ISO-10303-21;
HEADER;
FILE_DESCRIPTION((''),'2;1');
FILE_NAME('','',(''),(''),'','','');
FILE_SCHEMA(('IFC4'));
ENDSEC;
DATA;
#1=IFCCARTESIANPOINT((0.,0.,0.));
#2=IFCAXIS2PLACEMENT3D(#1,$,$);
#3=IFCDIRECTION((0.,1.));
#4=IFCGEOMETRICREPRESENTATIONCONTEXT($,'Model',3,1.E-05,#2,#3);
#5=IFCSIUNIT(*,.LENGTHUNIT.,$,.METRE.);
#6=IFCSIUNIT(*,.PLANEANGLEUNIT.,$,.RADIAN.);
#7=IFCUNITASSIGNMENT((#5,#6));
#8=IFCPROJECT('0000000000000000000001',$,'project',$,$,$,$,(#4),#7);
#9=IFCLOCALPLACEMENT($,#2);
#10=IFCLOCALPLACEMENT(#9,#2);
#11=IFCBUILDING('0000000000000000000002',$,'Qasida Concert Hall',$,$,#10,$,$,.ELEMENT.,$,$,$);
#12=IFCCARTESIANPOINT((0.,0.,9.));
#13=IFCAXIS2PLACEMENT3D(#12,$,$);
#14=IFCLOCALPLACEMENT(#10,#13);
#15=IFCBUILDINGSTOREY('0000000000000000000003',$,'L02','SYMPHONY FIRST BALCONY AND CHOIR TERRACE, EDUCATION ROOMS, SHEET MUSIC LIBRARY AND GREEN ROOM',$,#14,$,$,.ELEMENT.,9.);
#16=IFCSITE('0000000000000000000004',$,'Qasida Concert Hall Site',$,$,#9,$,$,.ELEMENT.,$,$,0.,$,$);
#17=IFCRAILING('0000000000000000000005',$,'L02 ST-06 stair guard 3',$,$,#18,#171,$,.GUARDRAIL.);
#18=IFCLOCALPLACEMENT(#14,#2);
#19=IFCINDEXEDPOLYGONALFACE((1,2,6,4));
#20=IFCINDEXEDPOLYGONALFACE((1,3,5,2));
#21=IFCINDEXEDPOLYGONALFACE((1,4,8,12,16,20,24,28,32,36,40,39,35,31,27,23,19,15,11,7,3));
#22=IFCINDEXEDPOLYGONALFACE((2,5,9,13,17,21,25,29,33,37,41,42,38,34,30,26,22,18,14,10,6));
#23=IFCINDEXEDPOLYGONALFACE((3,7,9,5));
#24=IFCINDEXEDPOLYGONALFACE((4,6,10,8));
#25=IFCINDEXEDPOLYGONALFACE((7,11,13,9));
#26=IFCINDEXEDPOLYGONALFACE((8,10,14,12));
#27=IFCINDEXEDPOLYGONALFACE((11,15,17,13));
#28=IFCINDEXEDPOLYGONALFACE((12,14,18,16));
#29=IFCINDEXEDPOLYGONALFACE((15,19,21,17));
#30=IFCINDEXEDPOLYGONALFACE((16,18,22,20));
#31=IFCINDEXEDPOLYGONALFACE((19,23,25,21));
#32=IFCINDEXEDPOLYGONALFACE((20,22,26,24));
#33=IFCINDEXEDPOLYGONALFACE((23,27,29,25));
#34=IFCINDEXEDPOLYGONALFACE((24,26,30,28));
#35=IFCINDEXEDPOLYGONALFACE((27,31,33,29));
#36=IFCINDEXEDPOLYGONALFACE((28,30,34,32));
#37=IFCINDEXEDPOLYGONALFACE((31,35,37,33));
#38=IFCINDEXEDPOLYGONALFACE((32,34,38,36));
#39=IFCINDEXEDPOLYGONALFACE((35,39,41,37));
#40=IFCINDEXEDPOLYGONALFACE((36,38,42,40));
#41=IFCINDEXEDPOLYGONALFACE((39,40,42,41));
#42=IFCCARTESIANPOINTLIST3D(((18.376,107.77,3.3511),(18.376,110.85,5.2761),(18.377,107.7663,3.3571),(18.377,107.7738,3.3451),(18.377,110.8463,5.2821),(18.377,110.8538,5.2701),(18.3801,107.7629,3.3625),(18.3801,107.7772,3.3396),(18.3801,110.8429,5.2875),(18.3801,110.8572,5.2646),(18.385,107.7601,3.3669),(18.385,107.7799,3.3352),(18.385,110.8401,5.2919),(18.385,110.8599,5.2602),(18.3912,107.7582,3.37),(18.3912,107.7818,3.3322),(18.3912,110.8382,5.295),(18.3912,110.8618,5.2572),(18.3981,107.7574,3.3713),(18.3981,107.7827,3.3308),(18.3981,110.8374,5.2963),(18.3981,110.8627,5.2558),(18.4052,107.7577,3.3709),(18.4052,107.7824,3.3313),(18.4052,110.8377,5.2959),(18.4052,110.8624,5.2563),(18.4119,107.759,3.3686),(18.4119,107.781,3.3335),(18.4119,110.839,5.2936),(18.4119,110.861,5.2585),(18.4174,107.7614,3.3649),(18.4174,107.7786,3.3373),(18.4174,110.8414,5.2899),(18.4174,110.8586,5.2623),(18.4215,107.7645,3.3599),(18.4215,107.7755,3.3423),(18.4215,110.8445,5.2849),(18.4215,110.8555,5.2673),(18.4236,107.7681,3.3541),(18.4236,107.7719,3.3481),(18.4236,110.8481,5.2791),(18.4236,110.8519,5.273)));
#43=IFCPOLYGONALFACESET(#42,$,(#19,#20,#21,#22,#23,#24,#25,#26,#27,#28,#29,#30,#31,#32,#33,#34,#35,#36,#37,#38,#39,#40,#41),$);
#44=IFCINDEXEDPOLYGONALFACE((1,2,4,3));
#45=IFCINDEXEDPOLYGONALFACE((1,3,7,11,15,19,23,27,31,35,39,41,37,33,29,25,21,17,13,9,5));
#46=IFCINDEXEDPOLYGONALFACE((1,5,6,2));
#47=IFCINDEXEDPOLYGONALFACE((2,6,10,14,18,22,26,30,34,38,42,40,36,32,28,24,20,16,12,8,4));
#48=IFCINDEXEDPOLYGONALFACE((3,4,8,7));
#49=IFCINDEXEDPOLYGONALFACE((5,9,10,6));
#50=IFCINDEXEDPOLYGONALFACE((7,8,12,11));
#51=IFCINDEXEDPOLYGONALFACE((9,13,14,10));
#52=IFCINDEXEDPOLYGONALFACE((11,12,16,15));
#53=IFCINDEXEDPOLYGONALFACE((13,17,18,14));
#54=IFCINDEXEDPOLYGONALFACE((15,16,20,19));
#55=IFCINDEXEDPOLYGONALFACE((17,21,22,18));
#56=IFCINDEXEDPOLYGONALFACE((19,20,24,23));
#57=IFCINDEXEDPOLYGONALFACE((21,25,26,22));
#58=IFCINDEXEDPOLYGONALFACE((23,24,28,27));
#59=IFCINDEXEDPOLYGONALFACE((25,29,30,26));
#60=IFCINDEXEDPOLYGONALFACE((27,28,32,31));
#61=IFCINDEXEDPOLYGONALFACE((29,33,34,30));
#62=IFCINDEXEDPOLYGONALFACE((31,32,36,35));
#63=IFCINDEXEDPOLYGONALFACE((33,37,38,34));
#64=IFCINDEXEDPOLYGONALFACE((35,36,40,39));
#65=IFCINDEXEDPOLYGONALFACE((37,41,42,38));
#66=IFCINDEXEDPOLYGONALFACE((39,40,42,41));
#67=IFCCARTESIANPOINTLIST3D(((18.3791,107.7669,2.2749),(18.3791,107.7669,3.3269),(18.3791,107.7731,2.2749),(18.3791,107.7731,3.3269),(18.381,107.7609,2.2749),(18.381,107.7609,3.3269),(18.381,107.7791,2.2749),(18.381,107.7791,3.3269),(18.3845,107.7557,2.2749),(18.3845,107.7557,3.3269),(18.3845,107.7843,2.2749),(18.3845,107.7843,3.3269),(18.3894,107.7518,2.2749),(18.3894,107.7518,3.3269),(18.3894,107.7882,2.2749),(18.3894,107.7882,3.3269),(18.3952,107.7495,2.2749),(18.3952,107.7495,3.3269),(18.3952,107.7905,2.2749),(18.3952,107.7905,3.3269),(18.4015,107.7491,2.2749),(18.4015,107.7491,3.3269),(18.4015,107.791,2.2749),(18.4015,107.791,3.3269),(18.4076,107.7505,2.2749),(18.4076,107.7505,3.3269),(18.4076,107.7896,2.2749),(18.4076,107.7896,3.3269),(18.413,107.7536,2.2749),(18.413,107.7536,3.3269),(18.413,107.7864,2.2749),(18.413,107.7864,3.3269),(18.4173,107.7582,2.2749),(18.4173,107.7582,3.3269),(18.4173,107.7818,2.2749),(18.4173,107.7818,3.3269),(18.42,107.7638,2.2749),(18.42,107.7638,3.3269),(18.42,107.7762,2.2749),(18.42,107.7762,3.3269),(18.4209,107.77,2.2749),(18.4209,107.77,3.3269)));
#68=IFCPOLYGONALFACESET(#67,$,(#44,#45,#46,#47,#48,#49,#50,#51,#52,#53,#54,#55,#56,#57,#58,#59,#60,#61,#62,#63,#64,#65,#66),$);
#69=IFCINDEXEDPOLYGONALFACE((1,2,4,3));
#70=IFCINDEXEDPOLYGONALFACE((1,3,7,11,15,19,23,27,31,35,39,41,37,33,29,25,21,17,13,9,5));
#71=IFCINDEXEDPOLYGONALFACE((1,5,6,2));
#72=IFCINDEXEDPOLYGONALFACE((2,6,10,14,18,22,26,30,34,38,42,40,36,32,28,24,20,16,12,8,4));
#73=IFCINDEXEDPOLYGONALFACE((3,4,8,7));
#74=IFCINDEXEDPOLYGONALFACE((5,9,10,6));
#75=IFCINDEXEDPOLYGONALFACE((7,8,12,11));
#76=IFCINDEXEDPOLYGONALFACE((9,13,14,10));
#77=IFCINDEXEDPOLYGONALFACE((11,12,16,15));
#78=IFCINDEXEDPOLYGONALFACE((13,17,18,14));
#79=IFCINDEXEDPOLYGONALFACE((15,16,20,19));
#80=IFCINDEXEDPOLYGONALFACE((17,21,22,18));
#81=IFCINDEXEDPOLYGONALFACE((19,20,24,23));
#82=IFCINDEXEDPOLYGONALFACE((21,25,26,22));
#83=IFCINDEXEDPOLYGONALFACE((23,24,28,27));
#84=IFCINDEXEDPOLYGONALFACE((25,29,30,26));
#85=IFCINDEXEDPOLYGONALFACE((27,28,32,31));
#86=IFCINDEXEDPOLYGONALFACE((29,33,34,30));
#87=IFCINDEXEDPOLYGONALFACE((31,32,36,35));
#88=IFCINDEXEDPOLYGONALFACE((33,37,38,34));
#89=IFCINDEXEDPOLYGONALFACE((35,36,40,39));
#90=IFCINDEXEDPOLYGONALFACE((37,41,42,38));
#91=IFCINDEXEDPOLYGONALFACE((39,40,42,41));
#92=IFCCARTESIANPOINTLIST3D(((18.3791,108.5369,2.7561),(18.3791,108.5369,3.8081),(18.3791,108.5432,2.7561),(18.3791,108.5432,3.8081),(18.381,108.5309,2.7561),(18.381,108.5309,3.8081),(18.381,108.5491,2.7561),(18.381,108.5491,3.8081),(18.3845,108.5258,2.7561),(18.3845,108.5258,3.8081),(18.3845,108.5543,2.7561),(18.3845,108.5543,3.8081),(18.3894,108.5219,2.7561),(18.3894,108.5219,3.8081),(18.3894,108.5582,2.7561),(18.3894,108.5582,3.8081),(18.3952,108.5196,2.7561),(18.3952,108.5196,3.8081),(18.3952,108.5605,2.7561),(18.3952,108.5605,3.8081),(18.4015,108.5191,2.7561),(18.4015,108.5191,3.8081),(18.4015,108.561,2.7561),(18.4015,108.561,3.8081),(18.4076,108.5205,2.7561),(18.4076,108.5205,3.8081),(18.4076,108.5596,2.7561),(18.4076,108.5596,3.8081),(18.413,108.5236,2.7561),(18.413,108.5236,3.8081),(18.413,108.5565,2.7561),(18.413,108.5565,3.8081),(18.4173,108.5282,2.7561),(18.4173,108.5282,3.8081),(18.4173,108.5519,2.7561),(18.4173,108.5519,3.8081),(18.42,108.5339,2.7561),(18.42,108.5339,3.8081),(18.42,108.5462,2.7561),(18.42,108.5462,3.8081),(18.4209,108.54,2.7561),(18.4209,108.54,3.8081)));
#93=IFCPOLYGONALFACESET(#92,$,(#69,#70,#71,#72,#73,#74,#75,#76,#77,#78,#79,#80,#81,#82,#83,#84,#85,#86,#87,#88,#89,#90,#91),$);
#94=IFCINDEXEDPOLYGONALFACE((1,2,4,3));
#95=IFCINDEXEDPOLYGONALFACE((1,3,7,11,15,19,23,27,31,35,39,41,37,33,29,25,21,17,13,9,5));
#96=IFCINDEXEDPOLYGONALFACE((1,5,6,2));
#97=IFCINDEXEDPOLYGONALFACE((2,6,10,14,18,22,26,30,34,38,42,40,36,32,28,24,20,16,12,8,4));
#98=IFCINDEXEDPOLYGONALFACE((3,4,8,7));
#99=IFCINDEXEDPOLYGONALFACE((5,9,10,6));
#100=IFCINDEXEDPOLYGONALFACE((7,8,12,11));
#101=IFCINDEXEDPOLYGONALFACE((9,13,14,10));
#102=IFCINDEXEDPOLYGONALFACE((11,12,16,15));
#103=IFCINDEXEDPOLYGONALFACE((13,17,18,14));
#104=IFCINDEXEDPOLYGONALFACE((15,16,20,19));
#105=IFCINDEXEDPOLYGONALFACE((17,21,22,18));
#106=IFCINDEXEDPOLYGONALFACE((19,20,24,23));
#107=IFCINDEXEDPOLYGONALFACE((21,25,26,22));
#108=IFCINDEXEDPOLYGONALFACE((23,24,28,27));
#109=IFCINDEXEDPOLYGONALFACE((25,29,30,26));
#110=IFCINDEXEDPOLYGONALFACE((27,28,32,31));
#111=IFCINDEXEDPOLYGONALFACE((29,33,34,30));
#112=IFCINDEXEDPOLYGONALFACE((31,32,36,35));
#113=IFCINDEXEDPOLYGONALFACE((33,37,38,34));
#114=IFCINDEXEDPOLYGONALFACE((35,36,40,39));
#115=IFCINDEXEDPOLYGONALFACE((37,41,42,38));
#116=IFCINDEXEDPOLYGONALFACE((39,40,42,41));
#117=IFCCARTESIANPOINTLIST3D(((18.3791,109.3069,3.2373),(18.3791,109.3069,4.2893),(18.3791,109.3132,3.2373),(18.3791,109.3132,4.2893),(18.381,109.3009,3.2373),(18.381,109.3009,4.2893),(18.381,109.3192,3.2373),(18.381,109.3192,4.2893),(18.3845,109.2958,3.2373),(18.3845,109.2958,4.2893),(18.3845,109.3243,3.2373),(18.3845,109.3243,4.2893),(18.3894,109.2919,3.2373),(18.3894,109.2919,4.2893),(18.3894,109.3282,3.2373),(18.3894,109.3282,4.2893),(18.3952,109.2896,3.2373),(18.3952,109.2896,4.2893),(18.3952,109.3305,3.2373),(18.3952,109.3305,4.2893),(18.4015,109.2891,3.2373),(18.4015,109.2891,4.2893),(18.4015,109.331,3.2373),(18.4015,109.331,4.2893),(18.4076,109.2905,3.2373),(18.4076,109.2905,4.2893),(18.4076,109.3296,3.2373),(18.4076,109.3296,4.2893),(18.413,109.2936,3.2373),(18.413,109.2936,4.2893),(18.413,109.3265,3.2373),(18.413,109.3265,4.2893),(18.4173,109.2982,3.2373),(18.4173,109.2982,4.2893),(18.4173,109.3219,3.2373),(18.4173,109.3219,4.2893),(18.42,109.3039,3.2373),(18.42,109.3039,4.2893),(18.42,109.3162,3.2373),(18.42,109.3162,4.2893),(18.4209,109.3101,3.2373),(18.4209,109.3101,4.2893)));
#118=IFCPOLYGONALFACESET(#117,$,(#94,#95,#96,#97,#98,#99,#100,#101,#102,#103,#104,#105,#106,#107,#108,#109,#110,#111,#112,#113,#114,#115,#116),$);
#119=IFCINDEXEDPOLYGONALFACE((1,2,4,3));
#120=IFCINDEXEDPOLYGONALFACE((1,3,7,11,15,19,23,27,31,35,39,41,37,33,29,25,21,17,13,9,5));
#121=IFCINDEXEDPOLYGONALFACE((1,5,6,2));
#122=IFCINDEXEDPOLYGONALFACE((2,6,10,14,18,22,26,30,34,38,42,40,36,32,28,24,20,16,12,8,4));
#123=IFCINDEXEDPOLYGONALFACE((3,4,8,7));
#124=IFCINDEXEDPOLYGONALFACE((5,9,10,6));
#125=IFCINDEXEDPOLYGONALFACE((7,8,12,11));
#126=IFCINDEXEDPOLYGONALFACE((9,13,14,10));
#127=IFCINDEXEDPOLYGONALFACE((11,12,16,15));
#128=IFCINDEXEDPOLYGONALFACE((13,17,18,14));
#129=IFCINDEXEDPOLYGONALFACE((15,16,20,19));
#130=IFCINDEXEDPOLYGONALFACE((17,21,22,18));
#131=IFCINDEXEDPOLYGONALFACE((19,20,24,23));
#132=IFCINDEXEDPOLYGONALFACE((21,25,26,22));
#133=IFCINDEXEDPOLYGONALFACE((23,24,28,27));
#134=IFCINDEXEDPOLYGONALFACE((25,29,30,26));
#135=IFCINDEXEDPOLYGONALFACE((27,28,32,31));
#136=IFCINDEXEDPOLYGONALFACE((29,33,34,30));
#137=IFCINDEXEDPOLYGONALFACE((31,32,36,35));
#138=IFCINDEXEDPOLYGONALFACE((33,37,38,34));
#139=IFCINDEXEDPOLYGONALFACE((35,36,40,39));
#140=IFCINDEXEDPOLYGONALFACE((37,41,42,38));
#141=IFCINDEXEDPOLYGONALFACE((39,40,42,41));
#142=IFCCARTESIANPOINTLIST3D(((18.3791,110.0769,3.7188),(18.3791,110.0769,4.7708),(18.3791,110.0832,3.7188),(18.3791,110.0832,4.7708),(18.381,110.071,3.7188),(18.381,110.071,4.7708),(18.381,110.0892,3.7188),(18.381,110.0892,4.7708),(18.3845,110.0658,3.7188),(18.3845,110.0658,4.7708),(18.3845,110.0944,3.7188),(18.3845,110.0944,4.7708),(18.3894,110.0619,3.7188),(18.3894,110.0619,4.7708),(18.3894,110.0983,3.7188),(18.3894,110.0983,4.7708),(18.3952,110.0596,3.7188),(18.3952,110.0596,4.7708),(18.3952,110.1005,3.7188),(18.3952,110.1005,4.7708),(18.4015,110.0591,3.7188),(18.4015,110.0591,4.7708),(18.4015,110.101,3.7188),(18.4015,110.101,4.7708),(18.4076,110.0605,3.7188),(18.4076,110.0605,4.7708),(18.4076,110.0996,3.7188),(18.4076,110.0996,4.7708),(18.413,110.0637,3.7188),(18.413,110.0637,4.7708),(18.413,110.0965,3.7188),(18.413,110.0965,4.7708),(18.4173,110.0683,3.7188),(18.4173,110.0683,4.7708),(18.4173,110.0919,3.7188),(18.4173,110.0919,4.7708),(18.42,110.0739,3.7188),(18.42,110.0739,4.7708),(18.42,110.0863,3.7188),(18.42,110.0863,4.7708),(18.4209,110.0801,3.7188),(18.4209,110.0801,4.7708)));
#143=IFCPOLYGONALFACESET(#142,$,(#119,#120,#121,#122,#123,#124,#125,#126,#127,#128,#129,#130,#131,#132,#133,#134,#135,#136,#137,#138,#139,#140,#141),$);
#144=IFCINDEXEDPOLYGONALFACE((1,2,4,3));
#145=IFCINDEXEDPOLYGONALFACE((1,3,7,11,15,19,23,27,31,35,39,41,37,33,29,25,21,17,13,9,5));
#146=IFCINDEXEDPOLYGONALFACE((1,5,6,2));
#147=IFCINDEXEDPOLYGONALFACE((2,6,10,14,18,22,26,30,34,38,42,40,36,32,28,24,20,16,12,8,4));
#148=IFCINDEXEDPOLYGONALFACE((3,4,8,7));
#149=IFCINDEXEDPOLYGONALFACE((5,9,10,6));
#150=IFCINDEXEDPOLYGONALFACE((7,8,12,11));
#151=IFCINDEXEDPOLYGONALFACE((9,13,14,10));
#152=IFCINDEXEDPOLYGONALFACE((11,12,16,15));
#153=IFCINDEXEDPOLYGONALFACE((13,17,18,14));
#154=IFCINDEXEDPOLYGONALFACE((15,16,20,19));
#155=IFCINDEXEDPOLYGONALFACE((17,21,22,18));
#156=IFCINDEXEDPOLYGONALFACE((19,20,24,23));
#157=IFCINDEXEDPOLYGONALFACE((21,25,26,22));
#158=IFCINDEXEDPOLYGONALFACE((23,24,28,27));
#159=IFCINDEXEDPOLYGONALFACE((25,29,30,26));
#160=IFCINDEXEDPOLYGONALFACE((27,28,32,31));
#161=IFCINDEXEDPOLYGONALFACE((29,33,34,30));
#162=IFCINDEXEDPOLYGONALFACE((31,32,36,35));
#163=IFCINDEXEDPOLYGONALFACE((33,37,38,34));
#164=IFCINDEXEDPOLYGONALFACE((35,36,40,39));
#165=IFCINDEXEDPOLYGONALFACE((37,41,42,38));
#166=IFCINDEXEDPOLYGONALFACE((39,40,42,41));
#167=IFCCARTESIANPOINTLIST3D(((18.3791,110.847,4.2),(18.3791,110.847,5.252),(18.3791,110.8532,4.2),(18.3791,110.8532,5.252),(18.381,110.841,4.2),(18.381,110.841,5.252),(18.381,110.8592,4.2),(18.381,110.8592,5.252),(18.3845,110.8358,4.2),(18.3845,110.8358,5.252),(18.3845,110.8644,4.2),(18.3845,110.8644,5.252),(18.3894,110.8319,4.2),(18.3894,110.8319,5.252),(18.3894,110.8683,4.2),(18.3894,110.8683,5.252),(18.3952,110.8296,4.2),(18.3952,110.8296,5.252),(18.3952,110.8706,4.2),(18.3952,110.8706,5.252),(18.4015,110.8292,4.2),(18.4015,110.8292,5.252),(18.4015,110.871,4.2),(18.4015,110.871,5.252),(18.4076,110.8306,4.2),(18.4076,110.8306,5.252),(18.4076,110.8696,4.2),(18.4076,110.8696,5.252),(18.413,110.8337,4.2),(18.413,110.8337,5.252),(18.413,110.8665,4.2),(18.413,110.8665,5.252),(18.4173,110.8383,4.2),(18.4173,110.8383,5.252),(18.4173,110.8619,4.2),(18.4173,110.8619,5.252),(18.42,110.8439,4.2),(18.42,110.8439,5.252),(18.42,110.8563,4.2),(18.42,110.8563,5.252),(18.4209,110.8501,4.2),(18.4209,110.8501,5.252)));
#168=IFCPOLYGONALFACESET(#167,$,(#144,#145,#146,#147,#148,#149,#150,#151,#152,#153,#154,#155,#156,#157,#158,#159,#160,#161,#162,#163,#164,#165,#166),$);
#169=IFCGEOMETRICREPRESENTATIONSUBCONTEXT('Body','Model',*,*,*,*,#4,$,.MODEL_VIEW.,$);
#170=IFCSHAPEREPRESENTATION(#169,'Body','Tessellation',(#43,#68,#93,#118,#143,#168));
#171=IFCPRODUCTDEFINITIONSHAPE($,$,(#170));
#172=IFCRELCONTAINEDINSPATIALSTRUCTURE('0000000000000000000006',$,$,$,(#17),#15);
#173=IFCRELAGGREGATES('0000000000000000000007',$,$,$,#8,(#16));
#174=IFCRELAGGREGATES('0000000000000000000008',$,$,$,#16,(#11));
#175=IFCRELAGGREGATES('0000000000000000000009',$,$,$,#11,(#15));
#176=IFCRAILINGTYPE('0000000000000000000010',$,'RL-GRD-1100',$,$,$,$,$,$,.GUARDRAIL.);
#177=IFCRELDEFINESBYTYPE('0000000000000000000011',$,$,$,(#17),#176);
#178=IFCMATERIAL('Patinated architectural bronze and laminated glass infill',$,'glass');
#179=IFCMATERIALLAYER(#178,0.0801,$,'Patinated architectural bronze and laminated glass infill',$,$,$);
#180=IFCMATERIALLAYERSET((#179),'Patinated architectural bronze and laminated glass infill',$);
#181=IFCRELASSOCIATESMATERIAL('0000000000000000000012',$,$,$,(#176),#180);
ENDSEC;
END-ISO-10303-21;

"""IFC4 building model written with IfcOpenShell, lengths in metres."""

from ifc_helpers import new_model, si_unit, direction, frame, origin, origin_2d, place, context, subcontext, project, spatial, circle, extrude, material, layer, layer_set, type_object, element, save


model = new_model("IFC4")

# Units and contexts
model_context = context("Model", 3, precision=1e-05, world=origin(), true_north=direction((0.0, 1.0)))
body_context = subcontext(model_context, "Body", "Model", "MODEL_VIEW")
ifc_project = project(units=[si_unit("LENGTHUNIT", "METRE"), si_unit("PLANEANGLEUNIT", "RADIAN")], contexts=[model_context])

# Site, building, storey
site_placement = place(None, origin())
site = spatial("IfcSite", under=ifc_project, at=site_placement, Name="Qasida Concert Hall Site", CompositionType="ELEMENT", RefElevation=0.0)
building_placement = place(site_placement, origin())
building = spatial("IfcBuilding", under=site, at=building_placement, Name="Qasida Concert Hall", CompositionType="ELEMENT")
storey_placement = place(building_placement, frame((0.0, 0.0, 9.0)))
storey = spatial("IfcBuildingStorey", under=building, at=storey_placement, Name="L02", Description="SYMPHONY FIRST BALCONY AND CHOIR TERRACE, EDUCATION ROOMS, SHEET MUSIC LIBRARY AND GREEN ROOM", CompositionType="ELEMENT", Elevation=9.0)

# Railing
ifc_material_1 = material(Name="Patinated architectural bronze and laminated glass infill", Category="glass")
ifc_layer_1 = layer(ifc_material_1, 0.0801, Name="Patinated architectural bronze and laminated glass infill")
ifc_layer_set_1 = layer_set([ifc_layer_1], Name="Patinated architectural bronze and laminated glass infill")
railing_type_1 = type_object("IfcRailingType", Name="RL-GRD-1100", PredefinedType="GUARDRAIL", material=ifc_layer_set_1)
railing_1_placement = place(storey_placement, frame((18.3999, 107.77, 2.2749)))
element("IfcRailing", 1, at=railing_1_placement, inside=storey, type_object=railing_type_1, Name="L02 ST-06 stair guard 3", PredefinedType="GUARDRAIL", context=body_context, shape_type="SweptSolid", body=[
    extrude(circle(Radius=0.0239, at=origin_2d()), frame((0.0, 0.0, 1.0762), z_axis=(0.0, 0.847998, 0.529999), x_axis=(-1.0, 0.0, 0.0)), (0.0, 0.0, 1.0), 3.6321),
    extrude(circle(Radius=0.021, at=origin_2d()), origin(), (0.0, 0.0, 1.0), 1.052),
    extrude(circle(Radius=0.021, at=origin_2d()), frame((0.0, 0.77, 0.4812)), (0.0, 0.0, 1.0), 1.052),
    extrude(circle(Radius=0.021, at=origin_2d()), frame((0.0, 1.54, 0.9624)), (0.0, 0.0, 1.0), 1.052),
    extrude(circle(Radius=0.021, at=origin_2d()), frame((0.0, 2.3101, 1.4438)), (0.0, 0.0, 1.0), 1.052),
    extrude(circle(Radius=0.021, at=origin_2d()), frame((0.0, 3.0801, 1.925)), (0.0, 0.0, 1.0), 1.052),
])

save(model, "model.ifc")
